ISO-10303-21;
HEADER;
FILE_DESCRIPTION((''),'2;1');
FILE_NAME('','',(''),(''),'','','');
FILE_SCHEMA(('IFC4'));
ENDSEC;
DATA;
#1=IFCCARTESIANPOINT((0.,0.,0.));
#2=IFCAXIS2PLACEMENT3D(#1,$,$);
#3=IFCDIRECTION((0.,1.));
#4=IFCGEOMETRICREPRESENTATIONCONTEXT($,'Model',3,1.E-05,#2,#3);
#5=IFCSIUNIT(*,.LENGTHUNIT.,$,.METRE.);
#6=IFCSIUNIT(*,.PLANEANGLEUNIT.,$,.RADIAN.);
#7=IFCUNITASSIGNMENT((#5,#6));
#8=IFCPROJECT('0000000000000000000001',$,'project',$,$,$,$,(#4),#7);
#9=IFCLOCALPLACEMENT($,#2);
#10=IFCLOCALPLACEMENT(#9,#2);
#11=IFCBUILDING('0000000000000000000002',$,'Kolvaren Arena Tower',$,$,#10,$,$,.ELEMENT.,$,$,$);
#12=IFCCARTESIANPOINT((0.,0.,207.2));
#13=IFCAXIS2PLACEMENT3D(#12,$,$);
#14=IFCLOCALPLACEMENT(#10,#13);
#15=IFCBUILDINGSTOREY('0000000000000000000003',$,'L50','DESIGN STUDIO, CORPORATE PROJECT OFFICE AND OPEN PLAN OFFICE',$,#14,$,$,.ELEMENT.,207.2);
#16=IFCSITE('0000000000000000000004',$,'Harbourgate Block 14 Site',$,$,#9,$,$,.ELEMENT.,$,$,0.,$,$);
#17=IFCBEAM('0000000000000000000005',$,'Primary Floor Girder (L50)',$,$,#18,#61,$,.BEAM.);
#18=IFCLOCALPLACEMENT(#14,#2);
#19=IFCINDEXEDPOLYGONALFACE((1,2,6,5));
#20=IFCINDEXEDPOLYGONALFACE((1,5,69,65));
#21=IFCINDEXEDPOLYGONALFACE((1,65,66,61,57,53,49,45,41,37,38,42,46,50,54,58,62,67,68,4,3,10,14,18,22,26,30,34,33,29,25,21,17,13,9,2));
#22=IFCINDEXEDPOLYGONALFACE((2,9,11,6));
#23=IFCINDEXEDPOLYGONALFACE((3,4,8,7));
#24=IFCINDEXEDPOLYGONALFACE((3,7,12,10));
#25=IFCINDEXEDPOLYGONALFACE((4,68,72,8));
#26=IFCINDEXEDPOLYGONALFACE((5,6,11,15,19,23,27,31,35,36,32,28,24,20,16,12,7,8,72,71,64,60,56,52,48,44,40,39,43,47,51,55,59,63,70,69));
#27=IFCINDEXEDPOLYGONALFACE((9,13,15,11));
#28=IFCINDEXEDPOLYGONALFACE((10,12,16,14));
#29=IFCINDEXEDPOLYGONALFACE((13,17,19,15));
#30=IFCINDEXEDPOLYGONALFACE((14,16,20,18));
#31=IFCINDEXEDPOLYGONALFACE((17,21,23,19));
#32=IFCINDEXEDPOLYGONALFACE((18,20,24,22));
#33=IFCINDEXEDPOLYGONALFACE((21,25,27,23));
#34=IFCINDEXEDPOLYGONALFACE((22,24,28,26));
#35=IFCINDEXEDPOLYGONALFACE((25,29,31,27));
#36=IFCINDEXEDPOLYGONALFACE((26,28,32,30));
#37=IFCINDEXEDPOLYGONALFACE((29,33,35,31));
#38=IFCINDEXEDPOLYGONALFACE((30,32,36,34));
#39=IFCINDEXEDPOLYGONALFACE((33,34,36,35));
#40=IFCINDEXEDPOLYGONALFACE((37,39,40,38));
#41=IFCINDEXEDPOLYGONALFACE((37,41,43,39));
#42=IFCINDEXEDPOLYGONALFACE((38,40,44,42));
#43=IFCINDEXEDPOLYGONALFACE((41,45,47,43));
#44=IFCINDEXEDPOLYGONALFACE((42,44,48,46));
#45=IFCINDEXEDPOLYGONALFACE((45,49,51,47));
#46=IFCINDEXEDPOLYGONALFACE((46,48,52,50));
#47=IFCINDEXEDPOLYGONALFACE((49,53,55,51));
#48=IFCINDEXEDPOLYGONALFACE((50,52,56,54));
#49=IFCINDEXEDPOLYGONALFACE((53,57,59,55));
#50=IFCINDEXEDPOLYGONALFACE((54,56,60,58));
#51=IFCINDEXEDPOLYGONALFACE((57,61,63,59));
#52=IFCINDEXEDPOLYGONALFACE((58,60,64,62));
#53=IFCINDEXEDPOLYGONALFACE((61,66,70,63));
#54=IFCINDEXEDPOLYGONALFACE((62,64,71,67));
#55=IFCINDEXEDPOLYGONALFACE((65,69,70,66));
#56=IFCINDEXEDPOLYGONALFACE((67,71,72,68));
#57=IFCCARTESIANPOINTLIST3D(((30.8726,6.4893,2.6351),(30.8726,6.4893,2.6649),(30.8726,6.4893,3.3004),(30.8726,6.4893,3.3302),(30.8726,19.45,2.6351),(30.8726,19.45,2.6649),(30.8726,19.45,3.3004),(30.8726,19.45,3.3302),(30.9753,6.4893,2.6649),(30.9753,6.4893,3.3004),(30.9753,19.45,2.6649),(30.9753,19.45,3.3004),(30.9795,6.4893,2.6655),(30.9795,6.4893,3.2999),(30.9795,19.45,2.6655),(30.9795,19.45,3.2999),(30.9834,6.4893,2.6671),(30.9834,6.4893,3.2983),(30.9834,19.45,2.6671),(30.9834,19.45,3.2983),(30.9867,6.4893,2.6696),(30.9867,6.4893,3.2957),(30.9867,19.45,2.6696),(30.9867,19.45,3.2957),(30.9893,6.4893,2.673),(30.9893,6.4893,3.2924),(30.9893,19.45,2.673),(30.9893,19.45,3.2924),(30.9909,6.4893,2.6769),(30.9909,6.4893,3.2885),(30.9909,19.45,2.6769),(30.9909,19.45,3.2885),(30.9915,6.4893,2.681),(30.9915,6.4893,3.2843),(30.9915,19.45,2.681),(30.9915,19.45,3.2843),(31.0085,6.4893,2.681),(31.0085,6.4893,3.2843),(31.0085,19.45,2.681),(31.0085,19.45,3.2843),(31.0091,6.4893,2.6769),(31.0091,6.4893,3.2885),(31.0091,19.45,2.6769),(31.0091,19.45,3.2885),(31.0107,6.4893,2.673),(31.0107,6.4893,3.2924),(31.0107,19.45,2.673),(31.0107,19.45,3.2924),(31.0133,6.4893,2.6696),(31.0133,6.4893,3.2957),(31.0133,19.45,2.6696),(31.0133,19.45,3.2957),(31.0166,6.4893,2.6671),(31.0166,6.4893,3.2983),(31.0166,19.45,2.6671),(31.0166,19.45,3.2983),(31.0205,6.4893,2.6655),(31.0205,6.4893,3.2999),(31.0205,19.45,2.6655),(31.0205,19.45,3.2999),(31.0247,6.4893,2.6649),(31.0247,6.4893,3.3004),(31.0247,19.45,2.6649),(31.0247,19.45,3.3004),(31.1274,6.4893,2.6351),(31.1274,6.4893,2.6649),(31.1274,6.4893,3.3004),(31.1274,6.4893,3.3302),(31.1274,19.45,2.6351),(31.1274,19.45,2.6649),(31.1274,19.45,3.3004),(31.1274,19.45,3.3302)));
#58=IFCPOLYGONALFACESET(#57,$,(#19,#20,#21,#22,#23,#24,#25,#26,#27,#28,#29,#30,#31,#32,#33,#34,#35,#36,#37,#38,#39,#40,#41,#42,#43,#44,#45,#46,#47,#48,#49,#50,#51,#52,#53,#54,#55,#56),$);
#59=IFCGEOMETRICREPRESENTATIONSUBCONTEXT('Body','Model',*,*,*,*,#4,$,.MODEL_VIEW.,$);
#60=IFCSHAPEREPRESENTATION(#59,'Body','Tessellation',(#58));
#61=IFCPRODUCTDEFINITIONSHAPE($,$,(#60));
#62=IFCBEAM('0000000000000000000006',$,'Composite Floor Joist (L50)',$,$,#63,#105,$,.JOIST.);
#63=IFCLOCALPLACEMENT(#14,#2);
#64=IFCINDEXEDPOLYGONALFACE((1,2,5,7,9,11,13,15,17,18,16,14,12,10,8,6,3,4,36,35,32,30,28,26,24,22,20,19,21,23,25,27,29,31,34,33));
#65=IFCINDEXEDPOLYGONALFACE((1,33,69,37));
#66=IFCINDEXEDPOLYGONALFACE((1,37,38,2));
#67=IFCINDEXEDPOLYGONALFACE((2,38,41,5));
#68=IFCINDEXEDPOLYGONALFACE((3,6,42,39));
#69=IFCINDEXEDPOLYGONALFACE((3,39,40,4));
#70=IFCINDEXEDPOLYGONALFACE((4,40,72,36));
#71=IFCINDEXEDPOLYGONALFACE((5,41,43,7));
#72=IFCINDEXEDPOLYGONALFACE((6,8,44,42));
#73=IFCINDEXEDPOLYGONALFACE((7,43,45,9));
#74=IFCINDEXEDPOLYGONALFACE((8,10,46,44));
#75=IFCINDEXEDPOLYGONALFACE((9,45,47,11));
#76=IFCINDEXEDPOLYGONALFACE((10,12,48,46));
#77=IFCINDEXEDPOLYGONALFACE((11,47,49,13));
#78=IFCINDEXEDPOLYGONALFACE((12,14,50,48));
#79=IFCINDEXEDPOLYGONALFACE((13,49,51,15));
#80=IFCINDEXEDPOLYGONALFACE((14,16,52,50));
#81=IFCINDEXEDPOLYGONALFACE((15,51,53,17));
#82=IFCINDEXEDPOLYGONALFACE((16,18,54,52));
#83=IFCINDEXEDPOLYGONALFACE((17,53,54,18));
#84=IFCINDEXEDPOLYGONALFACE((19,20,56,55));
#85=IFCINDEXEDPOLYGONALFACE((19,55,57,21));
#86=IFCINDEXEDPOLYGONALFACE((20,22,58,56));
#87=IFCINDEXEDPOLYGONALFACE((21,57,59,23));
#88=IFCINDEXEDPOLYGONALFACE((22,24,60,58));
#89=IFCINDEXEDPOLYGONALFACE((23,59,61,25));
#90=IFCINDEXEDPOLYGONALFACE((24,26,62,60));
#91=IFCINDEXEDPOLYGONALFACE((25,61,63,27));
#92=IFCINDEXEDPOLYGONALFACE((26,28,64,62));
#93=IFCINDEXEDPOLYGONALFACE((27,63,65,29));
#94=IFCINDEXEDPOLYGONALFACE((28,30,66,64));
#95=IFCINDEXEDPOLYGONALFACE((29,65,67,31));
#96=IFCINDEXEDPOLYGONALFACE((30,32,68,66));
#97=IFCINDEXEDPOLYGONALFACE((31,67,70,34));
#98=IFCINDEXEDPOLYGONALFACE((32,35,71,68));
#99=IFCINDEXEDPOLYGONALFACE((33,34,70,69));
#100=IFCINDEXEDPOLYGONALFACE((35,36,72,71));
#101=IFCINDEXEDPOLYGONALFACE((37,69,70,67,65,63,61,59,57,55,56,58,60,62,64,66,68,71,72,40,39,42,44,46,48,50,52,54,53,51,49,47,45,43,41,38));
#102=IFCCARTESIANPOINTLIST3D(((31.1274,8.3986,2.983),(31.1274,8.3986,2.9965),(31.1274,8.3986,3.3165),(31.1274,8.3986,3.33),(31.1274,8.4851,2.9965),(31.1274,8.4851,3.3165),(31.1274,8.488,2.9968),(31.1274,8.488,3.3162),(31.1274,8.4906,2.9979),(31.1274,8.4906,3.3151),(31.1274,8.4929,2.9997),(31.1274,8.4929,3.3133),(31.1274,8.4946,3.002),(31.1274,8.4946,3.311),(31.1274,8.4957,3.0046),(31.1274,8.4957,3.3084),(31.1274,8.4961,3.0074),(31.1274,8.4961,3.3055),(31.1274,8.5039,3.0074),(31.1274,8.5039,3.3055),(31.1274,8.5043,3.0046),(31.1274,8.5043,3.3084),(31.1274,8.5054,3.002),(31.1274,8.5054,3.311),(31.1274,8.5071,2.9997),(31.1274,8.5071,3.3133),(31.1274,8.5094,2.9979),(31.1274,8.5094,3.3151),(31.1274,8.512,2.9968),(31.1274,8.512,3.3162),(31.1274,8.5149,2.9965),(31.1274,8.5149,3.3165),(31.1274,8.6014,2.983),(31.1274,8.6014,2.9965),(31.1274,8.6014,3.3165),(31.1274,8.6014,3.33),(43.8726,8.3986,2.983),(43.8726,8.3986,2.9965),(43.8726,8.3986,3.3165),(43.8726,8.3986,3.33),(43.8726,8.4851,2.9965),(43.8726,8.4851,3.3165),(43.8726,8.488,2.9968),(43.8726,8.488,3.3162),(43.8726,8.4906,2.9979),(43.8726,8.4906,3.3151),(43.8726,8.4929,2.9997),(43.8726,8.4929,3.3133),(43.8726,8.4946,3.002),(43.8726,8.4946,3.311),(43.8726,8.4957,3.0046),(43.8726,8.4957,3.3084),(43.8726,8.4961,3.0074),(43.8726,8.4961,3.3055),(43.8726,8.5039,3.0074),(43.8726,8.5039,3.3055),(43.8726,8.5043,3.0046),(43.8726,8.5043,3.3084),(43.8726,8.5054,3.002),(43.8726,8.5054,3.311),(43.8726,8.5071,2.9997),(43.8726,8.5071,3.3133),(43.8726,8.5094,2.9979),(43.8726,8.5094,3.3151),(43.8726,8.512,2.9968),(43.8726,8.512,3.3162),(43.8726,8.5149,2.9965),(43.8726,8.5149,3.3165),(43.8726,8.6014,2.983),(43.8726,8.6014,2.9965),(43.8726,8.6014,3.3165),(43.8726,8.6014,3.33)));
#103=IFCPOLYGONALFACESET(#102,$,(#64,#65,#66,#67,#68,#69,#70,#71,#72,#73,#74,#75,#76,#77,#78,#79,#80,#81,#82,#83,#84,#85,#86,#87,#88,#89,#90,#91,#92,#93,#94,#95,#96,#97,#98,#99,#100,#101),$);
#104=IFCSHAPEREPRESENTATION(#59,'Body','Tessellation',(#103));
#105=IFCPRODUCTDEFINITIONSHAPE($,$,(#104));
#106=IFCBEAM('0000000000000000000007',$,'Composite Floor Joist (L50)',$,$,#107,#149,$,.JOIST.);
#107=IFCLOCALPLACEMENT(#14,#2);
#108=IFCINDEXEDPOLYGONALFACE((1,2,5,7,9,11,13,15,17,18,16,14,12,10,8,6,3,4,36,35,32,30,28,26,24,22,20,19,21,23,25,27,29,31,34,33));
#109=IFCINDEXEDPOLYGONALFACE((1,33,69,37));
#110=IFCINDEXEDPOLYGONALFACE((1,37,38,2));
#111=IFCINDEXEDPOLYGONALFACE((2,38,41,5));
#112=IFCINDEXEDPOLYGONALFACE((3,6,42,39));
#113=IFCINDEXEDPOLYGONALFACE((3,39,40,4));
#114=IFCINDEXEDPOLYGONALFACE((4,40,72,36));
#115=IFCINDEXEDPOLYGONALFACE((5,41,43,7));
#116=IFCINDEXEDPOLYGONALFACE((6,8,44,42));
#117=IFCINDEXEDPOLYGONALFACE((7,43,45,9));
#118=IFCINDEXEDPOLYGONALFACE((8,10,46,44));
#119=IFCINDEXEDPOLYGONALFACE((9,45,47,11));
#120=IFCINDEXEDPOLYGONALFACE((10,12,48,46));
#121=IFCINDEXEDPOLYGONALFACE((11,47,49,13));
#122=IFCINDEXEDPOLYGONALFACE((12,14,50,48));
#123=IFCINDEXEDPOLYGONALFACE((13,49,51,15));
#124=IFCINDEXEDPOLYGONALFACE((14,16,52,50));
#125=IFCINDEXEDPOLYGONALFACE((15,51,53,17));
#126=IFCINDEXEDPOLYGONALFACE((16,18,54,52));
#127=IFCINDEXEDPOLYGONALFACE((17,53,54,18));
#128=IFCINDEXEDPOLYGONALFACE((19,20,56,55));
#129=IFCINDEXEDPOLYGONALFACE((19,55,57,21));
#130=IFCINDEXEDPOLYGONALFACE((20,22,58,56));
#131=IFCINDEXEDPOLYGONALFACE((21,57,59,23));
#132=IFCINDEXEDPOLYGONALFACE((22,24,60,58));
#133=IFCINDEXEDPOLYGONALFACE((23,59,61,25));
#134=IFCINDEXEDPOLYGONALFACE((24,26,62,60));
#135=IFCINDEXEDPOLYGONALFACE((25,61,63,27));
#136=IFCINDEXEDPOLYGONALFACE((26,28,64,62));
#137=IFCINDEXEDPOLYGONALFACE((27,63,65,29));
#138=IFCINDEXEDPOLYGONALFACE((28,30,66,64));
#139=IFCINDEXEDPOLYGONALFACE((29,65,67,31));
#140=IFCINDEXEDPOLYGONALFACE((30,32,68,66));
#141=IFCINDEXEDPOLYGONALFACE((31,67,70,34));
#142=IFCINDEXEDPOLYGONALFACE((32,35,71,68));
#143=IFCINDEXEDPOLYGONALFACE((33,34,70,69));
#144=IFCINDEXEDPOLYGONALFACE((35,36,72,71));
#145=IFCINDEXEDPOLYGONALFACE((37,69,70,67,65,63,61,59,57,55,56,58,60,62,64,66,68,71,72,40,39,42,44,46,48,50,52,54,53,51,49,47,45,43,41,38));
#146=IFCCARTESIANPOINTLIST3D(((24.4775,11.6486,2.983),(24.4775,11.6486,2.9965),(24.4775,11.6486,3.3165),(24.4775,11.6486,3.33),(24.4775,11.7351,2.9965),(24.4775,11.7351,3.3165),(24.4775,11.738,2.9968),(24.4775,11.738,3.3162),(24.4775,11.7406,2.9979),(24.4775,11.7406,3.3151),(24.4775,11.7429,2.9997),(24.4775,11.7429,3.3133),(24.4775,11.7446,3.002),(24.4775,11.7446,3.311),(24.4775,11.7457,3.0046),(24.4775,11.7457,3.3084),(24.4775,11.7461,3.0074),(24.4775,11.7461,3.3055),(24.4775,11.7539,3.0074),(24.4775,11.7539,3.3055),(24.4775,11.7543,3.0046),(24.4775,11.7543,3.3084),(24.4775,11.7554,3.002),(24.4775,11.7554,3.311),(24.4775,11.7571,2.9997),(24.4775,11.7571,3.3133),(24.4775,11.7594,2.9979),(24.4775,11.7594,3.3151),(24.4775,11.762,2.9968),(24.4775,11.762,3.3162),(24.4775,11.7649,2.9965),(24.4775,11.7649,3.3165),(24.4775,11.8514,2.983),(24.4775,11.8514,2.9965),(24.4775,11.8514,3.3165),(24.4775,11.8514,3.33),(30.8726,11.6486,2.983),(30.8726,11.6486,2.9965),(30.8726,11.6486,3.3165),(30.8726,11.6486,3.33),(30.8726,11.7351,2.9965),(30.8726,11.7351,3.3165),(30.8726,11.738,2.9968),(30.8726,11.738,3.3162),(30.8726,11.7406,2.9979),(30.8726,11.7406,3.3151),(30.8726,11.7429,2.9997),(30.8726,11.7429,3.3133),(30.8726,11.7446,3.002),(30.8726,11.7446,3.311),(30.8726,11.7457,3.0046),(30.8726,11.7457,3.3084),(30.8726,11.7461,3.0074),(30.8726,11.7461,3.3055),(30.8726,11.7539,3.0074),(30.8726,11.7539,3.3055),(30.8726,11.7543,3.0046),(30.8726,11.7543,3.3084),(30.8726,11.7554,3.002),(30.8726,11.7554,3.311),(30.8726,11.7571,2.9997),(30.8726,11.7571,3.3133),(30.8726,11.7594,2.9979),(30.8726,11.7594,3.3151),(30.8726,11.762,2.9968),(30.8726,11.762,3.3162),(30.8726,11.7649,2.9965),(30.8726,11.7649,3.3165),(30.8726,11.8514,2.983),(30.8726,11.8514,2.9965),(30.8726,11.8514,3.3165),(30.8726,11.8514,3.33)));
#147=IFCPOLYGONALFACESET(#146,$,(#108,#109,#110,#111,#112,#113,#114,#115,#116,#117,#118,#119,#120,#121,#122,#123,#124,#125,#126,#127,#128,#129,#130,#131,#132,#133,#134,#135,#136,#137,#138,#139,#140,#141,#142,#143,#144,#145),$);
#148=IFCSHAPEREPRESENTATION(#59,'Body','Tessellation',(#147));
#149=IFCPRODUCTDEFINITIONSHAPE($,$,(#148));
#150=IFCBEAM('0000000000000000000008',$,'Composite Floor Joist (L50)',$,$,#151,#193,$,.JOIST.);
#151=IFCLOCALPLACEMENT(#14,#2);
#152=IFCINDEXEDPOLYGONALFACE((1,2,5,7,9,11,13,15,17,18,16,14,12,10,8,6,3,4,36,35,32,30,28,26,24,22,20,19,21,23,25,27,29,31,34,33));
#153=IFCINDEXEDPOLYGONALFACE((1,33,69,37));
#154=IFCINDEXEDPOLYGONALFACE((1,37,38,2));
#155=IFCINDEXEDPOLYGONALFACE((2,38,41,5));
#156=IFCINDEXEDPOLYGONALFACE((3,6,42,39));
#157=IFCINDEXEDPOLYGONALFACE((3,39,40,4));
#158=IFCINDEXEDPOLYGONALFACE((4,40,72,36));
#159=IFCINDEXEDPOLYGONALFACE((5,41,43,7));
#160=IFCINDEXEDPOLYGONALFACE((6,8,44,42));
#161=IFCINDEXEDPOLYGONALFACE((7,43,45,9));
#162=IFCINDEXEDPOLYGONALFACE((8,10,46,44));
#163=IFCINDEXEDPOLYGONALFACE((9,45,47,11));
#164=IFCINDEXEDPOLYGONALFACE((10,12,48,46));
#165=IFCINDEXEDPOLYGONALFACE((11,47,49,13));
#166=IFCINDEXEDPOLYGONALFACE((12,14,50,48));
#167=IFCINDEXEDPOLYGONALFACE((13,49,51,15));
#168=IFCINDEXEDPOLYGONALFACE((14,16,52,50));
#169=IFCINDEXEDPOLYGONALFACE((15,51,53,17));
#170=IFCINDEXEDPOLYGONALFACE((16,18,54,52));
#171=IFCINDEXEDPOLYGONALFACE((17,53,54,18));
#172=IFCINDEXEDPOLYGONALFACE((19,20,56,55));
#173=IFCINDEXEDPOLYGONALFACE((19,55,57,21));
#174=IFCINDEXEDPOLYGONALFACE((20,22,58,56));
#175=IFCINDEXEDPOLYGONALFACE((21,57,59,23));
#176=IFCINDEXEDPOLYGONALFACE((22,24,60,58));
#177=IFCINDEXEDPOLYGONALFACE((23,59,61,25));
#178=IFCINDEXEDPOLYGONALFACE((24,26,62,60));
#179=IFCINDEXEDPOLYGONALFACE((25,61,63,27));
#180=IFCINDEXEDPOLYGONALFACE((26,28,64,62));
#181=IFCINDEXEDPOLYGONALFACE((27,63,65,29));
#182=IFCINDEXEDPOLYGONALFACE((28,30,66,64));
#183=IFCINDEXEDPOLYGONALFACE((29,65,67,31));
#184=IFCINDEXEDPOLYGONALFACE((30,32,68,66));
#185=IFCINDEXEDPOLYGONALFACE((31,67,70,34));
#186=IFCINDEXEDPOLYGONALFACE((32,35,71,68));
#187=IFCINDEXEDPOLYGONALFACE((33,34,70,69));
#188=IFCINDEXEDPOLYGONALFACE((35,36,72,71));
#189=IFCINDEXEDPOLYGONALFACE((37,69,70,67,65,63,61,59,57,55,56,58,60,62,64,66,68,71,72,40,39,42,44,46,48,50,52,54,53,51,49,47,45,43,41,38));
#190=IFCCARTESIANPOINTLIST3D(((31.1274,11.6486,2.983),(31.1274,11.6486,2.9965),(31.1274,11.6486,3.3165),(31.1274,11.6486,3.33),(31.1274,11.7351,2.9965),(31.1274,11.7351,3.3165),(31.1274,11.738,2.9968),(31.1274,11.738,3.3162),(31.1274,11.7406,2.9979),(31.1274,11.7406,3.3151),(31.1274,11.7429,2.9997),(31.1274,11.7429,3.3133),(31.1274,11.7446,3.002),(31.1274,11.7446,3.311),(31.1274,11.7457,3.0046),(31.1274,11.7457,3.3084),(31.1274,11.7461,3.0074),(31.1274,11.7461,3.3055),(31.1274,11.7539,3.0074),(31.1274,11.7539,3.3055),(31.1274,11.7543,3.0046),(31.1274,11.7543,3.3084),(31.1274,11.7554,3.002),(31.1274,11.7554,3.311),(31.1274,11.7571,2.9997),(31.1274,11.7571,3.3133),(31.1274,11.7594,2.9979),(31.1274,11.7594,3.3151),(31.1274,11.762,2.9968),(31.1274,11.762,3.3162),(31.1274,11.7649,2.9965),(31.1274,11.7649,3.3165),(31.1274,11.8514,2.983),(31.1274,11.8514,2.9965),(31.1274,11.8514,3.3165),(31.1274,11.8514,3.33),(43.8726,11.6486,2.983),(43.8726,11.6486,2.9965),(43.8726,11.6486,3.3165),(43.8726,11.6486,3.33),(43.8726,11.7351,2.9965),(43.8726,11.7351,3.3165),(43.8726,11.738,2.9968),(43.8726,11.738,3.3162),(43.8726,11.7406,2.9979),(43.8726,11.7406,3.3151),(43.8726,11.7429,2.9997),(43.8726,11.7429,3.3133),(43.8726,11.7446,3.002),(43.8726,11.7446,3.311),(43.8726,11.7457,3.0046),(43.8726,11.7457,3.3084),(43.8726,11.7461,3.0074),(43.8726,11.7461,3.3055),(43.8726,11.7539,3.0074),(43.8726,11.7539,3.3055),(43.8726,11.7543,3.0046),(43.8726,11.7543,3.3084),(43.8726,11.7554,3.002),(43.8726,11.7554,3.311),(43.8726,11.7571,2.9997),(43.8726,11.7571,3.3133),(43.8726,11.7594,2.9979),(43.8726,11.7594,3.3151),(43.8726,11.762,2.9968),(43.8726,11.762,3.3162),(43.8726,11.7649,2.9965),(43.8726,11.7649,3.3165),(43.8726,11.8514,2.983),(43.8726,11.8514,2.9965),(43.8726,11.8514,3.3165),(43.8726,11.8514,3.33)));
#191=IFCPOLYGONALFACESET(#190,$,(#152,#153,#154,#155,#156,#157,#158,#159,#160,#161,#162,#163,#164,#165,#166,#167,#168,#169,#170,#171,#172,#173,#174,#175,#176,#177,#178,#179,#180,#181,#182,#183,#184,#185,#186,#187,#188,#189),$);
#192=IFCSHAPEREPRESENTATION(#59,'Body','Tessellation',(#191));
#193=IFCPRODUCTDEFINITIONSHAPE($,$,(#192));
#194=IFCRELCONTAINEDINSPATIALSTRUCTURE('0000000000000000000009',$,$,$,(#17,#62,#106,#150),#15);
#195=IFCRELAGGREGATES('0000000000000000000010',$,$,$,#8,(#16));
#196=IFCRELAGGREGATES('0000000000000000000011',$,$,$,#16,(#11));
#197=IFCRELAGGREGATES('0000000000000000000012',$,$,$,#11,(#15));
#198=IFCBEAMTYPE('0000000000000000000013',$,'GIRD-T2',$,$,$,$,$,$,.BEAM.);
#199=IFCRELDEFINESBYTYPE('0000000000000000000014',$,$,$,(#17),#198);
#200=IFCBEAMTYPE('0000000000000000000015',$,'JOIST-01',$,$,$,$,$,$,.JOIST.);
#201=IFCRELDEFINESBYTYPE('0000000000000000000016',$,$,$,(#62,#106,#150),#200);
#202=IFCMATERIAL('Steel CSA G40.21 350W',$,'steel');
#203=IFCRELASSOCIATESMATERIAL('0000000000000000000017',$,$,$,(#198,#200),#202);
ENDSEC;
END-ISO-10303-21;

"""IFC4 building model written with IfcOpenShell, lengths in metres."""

from ifc_helpers import new_model, si_unit, direction, frame, origin, origin_2d, place, context, subcontext, project, spatial, i_section, extrude, material, material_profile, profile_set, type_object, element, save


model = new_model("IFC4")

# Units and contexts
model_context = context("Model", 3, precision=1e-05, world=origin(), true_north=direction((0.0, 1.0)))
body_context = subcontext(model_context, "Body", "Model", "MODEL_VIEW")
ifc_project = project(units=[si_unit("LENGTHUNIT", "METRE"), si_unit("PLANEANGLEUNIT", "RADIAN")], contexts=[model_context])

# Site, building, storey
site_placement = place(None, origin())
site = spatial("IfcSite", under=ifc_project, at=site_placement, Name="Harbourgate Block 14 Site", CompositionType="ELEMENT", RefElevation=0.0)
building_placement = place(site_placement, origin())
building = spatial("IfcBuilding", under=site, at=building_placement, Name="Kolvaren Arena Tower", CompositionType="ELEMENT")
storey_placement = place(building_placement, frame((0.0, 0.0, 207.2)))
storey = spatial("IfcBuildingStorey", under=building, at=storey_placement, Name="L50", Description="DESIGN STUDIO, CORPORATE PROJECT OFFICE AND OPEN PLAN OFFICE", CompositionType="ELEMENT", Elevation=207.2)

# Beams
ifc_material_1 = material(Name="Steel CSA G40.21 350W", Category="steel")
ifc_material_profile_1 = material_profile(ifc_material_1, i_section(OverallWidth=0.2549, OverallDepth=0.6951, WebThickness=0.0171, FlangeThickness=0.0298, FilletRadius=0.0161, at=origin_2d()), Name="W690x217")
ifc_profile_set_1 = profile_set([ifc_material_profile_1], Name="Steel CSA G40.21 350W")
beam_type_1 = type_object("IfcBeamType", Name="GIRD-T2", PredefinedType="BEAM", material=ifc_profile_set_1)
beam_1_placement = place(storey_placement, frame((31.0, 6.4893, 2.9827), z_axis=(0.0, 1.0, 0.0), x_axis=(-1.0, 0.0, 0.0)))
element("IfcBeam", 1, at=beam_1_placement, inside=storey, type_object=beam_type_1, Name="Primary Floor Girder (L50)", PredefinedType="BEAM", context=body_context, shape_type="SweptSolid", body=[
    extrude(i_section(OverallWidth=0.2549, OverallDepth=0.6951, WebThickness=0.0171, FlangeThickness=0.0298, FilletRadius=0.0161, at=origin_2d()), origin(), (0.0, 0.0, 1.0), 12.9607),
])
ifc_material_profile_2 = material_profile(ifc_material_1, i_section(OverallWidth=0.2029, OverallDepth=0.3469, WebThickness=0.0078, FlangeThickness=0.0134, FilletRadius=0.011, at=origin_2d()), Name="W360x64")
ifc_profile_set_2 = profile_set([ifc_material_profile_2], Name="Steel CSA G40.21 350W")
beam_type_2 = type_object("IfcBeamType", Name="JOIST-01", PredefinedType="JOIST", material=ifc_profile_set_2)
beam_2_placement = place(storey_placement, frame((31.1274, 8.5, 3.1565), z_axis=(1.0, 0.0, 0.0), x_axis=(0.0, 1.0, 0.0)))
element("IfcBeam", 2, at=beam_2_placement, inside=storey, type_object=beam_type_2, Name="Composite Floor Joist (L50)", PredefinedType="JOIST", context=body_context, shape_type="SweptSolid", body=[
    extrude(i_section(OverallWidth=0.2029, OverallDepth=0.3469, WebThickness=0.0078, FlangeThickness=0.0134, FilletRadius=0.011, at=origin_2d()), origin(), (0.0, 0.0, 1.0), 12.7451),
])
beam_3_placement = place(storey_placement, frame((24.4775, 11.75, 3.1565), z_axis=(1.0, 0.0, 0.0), x_axis=(0.0, 1.0, 0.0)))
element("IfcBeam", 3, at=beam_3_placement, inside=storey, type_object=beam_type_2, Name="Composite Floor Joist (L50)", PredefinedType="JOIST", context=body_context, shape_type="SweptSolid", body=[
    extrude(i_section(OverallWidth=0.2029, OverallDepth=0.3469, WebThickness=0.0078, FlangeThickness=0.0134, FilletRadius=0.011, at=origin_2d()), origin(), (0.0, 0.0, 1.0), 6.395),
])
beam_4_placement = place(storey_placement, frame((31.1274, 11.75, 3.1565), z_axis=(1.0, 0.0, 0.0), x_axis=(0.0, 1.0, 0.0)))
element("IfcBeam", 4, at=beam_4_placement, inside=storey, type_object=beam_type_2, Name="Composite Floor Joist (L50)", PredefinedType="JOIST", context=body_context, shape_type="SweptSolid", body=[
    extrude(i_section(OverallWidth=0.2029, OverallDepth=0.3469, WebThickness=0.0078, FlangeThickness=0.0134, FilletRadius=0.011, at=origin_2d()), origin(), (0.0, 0.0, 1.0), 12.7451),
])

save(model, "model.ifc")
